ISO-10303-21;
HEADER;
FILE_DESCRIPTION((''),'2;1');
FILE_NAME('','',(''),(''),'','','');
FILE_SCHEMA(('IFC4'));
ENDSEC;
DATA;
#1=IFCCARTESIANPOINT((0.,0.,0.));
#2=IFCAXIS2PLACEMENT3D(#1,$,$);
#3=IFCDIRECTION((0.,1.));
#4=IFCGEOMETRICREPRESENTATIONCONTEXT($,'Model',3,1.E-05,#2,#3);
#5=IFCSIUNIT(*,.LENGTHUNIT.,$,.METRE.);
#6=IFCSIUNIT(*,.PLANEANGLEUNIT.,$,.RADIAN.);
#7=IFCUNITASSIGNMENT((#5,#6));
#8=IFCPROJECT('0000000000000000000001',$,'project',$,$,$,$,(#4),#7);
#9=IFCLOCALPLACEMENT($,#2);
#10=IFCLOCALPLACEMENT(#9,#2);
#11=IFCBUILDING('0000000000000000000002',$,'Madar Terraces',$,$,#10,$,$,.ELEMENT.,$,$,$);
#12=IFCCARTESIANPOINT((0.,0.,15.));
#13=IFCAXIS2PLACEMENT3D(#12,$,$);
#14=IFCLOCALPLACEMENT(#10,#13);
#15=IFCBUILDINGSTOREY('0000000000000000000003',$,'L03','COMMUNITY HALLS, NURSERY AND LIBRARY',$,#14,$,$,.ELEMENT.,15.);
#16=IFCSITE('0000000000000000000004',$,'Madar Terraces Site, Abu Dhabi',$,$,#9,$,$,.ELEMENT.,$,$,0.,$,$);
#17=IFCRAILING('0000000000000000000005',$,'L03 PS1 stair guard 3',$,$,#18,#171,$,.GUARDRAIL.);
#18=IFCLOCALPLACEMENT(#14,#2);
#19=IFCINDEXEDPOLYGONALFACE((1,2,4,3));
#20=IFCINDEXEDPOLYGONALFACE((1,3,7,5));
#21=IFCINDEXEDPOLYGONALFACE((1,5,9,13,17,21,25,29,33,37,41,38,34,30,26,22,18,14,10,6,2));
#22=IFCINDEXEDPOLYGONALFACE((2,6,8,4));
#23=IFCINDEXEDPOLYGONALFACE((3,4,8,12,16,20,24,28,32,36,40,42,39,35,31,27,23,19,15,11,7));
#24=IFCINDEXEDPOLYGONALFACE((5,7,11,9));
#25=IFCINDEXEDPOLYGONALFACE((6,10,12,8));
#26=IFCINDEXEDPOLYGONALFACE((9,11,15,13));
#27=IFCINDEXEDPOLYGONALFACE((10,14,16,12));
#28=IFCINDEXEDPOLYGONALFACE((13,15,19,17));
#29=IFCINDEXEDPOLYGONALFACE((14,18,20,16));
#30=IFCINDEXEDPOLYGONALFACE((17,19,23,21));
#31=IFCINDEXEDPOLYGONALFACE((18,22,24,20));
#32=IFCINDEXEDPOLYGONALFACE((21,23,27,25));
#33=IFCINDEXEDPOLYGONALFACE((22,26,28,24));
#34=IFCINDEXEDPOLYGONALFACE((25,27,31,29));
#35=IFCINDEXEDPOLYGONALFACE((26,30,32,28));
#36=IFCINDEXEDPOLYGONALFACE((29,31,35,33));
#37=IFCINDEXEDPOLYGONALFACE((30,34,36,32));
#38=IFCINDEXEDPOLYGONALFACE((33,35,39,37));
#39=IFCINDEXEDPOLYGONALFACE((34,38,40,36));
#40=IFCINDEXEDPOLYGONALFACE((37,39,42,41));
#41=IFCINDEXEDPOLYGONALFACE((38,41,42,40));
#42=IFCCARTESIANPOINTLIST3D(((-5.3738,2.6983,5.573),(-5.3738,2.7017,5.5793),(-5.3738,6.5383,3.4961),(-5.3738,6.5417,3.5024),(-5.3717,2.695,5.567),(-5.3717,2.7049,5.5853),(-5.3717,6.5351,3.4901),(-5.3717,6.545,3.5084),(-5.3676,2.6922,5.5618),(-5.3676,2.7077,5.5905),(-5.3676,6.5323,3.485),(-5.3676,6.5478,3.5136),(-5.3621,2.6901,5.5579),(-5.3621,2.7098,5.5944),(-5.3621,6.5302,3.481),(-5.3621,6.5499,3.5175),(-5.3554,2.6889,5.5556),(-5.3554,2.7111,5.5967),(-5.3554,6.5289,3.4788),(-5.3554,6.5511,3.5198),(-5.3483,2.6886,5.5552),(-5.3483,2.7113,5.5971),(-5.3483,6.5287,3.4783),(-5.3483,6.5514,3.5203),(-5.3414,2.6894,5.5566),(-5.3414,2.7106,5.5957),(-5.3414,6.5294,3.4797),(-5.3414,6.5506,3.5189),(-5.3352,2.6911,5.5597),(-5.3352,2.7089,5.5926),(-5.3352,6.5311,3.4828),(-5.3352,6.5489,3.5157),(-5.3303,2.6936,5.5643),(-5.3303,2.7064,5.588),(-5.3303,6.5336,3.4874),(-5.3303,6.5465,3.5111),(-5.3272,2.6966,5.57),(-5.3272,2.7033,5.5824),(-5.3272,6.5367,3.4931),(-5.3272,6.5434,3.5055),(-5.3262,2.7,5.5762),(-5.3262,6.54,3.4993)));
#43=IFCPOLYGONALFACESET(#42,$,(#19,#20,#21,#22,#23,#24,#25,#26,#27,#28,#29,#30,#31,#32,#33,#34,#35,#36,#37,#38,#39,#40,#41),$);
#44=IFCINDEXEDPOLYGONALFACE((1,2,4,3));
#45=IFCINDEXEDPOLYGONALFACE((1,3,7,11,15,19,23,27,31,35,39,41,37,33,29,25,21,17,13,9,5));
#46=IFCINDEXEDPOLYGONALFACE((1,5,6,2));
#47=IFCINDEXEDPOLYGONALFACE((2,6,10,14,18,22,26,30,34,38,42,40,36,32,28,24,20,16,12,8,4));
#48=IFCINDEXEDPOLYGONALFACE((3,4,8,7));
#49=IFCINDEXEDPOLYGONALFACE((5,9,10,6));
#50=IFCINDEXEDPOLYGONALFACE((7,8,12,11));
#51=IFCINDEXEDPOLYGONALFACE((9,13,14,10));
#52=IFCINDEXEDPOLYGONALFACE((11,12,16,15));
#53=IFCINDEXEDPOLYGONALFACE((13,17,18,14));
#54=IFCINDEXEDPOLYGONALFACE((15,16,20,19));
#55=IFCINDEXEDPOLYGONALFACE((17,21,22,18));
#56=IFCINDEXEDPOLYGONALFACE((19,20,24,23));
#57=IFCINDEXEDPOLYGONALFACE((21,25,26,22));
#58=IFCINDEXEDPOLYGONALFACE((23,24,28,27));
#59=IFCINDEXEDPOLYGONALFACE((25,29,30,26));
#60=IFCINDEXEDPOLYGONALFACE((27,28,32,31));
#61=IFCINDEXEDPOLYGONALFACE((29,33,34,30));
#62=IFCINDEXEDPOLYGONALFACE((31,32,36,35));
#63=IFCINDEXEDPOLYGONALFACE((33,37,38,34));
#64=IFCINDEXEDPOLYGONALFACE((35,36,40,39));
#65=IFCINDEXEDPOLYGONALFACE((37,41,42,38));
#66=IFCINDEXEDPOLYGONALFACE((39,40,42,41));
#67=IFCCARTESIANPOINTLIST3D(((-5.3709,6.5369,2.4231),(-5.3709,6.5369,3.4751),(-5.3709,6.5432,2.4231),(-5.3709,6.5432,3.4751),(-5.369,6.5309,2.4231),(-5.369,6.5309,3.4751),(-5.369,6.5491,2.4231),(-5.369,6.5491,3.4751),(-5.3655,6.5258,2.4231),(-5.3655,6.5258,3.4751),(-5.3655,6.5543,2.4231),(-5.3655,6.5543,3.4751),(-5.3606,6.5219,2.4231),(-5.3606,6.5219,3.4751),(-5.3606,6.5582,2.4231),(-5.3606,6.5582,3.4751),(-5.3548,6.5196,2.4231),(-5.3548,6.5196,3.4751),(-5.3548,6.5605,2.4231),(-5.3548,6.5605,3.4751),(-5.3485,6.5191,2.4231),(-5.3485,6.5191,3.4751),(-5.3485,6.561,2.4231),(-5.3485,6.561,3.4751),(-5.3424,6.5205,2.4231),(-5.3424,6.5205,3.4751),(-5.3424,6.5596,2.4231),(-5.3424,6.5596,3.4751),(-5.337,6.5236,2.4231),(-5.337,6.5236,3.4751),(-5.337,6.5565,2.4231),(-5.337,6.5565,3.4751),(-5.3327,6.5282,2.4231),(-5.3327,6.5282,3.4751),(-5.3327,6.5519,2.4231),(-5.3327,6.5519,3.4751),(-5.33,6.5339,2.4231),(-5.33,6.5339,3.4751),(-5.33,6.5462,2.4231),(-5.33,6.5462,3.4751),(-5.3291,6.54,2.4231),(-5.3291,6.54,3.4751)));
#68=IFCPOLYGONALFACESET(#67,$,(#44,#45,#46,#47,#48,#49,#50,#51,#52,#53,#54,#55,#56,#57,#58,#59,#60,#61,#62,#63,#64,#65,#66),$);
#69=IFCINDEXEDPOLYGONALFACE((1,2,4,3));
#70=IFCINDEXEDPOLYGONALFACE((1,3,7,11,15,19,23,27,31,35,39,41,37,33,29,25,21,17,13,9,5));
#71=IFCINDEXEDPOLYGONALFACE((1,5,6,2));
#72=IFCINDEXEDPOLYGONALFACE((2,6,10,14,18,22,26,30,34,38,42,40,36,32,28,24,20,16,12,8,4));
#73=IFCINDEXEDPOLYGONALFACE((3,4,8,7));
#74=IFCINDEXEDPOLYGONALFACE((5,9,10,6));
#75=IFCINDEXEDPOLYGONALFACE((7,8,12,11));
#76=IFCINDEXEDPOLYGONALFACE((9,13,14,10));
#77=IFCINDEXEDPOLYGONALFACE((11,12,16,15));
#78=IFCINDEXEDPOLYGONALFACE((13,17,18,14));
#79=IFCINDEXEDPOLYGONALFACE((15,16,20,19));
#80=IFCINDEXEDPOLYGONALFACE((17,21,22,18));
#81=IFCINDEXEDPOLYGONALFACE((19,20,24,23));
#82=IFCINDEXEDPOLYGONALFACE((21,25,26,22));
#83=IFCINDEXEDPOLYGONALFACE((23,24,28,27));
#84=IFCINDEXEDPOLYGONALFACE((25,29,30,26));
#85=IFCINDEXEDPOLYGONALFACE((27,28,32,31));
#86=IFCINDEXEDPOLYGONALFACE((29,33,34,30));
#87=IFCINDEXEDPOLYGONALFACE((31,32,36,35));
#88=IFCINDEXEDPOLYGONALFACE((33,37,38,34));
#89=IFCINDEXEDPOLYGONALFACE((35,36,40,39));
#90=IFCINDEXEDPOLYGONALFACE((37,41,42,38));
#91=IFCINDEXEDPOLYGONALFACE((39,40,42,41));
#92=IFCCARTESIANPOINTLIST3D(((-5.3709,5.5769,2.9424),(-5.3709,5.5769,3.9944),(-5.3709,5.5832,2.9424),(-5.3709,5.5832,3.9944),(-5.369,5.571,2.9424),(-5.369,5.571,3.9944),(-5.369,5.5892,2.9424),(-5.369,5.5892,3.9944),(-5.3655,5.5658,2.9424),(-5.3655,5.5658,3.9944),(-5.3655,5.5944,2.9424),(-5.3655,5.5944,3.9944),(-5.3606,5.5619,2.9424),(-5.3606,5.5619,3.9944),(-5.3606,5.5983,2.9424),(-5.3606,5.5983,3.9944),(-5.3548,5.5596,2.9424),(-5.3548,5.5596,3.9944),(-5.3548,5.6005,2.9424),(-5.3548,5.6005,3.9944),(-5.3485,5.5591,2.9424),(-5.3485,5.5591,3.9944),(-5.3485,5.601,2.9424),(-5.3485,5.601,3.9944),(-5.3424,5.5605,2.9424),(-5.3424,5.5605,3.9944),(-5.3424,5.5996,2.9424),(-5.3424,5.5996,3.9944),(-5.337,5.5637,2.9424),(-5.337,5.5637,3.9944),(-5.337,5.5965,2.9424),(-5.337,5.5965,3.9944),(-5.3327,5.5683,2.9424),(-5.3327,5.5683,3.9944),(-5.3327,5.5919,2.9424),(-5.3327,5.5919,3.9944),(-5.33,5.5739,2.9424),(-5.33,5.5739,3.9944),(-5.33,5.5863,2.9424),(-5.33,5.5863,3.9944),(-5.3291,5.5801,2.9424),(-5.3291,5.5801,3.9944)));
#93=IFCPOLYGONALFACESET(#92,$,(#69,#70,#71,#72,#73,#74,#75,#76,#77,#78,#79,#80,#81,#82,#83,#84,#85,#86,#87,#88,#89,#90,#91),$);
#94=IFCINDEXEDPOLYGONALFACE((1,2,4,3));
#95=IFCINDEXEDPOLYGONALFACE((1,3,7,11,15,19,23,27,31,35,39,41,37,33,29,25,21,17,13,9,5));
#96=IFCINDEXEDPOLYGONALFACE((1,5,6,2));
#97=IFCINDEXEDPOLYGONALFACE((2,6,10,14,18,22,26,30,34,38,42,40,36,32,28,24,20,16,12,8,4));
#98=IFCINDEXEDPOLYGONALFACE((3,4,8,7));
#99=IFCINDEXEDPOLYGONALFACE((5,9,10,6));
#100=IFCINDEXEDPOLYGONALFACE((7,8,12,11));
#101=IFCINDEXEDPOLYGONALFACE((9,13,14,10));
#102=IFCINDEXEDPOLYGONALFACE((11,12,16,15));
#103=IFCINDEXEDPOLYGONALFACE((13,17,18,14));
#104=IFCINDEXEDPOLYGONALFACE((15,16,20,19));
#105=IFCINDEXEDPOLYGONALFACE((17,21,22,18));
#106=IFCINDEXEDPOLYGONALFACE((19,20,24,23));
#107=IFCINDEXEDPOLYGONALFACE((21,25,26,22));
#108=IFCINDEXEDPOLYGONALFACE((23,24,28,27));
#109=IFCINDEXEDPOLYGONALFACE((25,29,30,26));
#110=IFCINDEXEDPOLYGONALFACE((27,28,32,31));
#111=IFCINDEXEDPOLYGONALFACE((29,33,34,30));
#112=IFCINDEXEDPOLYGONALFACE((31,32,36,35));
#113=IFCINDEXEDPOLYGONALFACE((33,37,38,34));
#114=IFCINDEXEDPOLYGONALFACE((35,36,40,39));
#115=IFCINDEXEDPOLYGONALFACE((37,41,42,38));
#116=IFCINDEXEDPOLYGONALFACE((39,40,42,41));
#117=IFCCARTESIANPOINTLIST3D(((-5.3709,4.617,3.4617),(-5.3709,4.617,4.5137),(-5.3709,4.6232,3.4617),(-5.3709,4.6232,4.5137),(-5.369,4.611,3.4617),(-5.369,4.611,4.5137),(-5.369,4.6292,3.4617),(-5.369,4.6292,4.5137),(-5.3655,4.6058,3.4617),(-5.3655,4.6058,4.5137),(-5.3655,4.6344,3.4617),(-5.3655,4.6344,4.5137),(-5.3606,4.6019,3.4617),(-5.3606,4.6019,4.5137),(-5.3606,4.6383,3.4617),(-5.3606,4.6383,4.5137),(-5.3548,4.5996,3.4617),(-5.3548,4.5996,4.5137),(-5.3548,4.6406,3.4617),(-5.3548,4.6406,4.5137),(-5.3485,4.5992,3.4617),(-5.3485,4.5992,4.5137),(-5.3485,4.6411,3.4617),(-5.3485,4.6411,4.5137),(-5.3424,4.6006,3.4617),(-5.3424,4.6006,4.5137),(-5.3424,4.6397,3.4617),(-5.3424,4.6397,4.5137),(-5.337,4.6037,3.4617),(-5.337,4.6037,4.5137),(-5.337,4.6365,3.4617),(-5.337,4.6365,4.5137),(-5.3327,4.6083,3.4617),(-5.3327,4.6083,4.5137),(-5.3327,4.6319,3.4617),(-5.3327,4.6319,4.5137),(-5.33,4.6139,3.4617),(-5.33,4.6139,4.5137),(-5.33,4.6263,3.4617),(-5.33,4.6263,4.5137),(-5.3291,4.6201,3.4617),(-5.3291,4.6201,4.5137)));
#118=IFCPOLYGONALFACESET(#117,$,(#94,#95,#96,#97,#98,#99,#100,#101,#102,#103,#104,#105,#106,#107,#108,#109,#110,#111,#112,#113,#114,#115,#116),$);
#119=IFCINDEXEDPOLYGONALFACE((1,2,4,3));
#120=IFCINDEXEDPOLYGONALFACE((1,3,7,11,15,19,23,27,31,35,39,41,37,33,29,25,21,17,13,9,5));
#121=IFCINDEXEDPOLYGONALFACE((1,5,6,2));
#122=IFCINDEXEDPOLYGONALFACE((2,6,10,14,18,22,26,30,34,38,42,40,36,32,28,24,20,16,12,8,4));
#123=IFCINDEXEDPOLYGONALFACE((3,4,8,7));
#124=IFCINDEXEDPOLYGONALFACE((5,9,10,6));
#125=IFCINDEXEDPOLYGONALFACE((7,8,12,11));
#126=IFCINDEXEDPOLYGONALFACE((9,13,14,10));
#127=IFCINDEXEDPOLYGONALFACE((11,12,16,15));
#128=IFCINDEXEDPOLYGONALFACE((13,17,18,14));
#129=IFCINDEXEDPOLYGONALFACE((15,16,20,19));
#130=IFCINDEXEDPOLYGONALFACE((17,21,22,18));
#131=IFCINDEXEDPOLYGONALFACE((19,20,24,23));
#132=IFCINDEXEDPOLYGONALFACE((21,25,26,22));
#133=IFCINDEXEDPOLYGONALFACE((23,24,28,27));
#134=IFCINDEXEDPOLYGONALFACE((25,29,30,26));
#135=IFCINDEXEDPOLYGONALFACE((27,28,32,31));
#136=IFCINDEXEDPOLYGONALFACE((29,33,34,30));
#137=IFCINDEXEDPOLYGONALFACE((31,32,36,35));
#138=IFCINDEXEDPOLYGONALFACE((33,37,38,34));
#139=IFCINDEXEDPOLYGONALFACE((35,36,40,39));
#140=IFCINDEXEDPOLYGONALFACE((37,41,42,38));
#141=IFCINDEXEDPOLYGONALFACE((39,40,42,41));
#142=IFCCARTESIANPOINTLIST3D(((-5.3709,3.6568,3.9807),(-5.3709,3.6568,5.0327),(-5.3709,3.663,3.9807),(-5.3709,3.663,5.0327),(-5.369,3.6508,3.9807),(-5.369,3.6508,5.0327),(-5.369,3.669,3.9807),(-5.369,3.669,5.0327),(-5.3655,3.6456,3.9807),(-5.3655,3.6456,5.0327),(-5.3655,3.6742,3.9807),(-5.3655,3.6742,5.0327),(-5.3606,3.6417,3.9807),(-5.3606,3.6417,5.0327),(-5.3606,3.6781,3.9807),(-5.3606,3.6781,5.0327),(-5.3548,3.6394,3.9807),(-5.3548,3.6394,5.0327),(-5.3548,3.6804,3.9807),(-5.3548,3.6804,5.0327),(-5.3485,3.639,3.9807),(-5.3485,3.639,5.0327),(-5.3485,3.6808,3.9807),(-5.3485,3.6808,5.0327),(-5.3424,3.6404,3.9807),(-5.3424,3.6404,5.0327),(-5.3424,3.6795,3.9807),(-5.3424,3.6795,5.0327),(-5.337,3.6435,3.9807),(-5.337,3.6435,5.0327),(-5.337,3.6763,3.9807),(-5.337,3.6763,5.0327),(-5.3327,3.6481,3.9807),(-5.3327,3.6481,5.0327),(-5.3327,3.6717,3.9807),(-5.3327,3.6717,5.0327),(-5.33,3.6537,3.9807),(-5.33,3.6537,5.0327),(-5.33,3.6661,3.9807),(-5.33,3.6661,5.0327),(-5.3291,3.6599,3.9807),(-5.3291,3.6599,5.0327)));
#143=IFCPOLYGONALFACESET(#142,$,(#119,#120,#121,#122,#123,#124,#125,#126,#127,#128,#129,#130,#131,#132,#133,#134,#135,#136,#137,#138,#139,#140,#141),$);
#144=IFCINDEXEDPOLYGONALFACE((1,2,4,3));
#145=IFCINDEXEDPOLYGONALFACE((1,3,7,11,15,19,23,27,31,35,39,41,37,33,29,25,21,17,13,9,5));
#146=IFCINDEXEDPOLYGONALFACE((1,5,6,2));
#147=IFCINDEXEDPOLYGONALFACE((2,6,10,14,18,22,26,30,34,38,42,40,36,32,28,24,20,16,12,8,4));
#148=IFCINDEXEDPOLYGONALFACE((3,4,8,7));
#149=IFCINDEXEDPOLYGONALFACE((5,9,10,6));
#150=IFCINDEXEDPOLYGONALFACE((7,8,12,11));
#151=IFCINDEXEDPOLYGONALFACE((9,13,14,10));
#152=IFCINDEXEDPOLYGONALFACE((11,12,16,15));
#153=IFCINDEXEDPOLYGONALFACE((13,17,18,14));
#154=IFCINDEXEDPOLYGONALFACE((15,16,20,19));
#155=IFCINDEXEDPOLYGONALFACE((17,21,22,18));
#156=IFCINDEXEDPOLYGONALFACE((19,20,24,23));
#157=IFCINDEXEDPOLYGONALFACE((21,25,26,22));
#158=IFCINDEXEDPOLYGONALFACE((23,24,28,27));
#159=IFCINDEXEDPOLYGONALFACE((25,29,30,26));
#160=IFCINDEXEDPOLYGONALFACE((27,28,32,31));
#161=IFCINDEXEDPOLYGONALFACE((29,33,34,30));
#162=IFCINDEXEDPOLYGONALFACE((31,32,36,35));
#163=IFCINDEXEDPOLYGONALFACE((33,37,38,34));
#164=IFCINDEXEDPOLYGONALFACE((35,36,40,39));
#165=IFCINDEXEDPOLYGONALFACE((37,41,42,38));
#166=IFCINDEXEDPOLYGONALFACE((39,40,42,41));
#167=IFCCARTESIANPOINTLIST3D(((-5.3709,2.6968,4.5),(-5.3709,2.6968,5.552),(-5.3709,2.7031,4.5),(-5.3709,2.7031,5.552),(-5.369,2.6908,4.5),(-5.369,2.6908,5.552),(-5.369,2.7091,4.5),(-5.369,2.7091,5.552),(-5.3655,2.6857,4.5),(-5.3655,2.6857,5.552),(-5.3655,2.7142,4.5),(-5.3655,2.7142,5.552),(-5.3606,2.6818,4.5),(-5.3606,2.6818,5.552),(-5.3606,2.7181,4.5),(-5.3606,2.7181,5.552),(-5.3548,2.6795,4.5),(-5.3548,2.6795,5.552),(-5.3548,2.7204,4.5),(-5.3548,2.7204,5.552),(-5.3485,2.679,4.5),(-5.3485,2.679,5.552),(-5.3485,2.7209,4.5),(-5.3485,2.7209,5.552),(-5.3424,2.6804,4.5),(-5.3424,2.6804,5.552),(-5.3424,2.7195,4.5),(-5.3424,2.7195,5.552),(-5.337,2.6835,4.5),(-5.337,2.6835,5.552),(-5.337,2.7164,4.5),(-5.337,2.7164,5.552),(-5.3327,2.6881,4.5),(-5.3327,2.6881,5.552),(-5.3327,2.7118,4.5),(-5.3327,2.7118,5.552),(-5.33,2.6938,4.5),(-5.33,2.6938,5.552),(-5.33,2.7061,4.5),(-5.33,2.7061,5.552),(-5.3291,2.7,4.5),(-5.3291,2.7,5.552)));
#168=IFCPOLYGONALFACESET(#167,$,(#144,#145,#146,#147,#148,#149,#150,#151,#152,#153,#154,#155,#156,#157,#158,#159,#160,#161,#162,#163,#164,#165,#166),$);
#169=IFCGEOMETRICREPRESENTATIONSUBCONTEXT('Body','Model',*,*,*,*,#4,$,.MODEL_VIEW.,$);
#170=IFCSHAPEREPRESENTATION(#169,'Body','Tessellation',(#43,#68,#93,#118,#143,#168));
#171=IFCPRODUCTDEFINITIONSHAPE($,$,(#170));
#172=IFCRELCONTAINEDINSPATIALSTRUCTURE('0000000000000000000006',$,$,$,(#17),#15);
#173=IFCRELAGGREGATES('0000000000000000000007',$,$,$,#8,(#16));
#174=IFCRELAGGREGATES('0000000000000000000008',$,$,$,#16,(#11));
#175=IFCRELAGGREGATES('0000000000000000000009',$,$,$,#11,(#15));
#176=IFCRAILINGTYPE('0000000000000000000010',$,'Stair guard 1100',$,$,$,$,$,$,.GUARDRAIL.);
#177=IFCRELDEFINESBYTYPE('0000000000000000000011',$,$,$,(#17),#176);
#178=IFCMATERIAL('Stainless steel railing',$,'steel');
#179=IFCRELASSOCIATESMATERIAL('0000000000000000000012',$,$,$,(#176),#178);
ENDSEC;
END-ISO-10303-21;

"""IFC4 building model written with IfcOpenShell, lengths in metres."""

from ifc_helpers import new_model, si_unit, direction, frame, origin, origin_2d, place, context, subcontext, project, spatial, circle, extrude, material, type_object, element, save


model = new_model("IFC4")

# Units and contexts
model_context = context("Model", 3, precision=1e-05, world=origin(), true_north=direction((0.0, 1.0)))
body_context = subcontext(model_context, "Body", "Model", "MODEL_VIEW")
ifc_project = project(units=[si_unit("LENGTHUNIT", "METRE"), si_unit("PLANEANGLEUNIT", "RADIAN")], contexts=[model_context])

# Site, building, storey
site_placement = place(None, origin())
site = spatial("IfcSite", under=ifc_project, at=site_placement, Name="Madar Terraces Site, Abu Dhabi", CompositionType="ELEMENT", RefElevation=0.0)
building_placement = place(site_placement, origin())
building = spatial("IfcBuilding", under=site, at=building_placement, Name="Madar Terraces", CompositionType="ELEMENT")
storey_placement = place(building_placement, frame((0.0, 0.0, 15.0)))
storey = spatial("IfcBuildingStorey", under=building, at=storey_placement, Name="L03", Description="COMMUNITY HALLS, NURSERY AND LIBRARY", CompositionType="ELEMENT", Elevation=15.0)

# Railing
ifc_material_1 = material(Name="Stainless steel railing", Category="steel")
railing_type_1 = type_object("IfcRailingType", Name="Stair guard 1100", PredefinedType="GUARDRAIL", material=ifc_material_1)
railing_1_placement = place(storey_placement, frame((-5.3501, 6.54, 2.4231)))
element("IfcRailing", 1, at=railing_1_placement, inside=storey, type_object=railing_type_1, Name="L03 PS1 stair guard 3", PredefinedType="GUARDRAIL", context=body_context, shape_type="SweptSolid", body=[
    extrude(circle(Radius=0.0239, at=origin_2d()), frame((0.0, 0.0, 1.0762), z_axis=(0.0, -0.879593, 0.475726), x_axis=(1.0, 0.0, 0.0)), (0.0, 0.0, 1.0), 4.3657),
    extrude(circle(Radius=0.021, at=origin_2d()), origin(), (0.0, 0.0, 1.0), 1.052),
    extrude(circle(Radius=0.021, at=origin_2d()), frame((0.0, -0.96, 0.5193)), (0.0, 0.0, 1.0), 1.052),
    extrude(circle(Radius=0.021, at=origin_2d()), frame((0.0, -1.9199, 1.0386)), (0.0, 0.0, 1.0), 1.052),
    extrude(circle(Radius=0.021, at=origin_2d()), frame((0.0, -2.8801, 1.5576)), (0.0, 0.0, 1.0), 1.052),
    extrude(circle(Radius=0.021, at=origin_2d()), frame((0.0, -3.8401, 2.0769)), (0.0, 0.0, 1.0), 1.052),
])

save(model, "model.ifc")
